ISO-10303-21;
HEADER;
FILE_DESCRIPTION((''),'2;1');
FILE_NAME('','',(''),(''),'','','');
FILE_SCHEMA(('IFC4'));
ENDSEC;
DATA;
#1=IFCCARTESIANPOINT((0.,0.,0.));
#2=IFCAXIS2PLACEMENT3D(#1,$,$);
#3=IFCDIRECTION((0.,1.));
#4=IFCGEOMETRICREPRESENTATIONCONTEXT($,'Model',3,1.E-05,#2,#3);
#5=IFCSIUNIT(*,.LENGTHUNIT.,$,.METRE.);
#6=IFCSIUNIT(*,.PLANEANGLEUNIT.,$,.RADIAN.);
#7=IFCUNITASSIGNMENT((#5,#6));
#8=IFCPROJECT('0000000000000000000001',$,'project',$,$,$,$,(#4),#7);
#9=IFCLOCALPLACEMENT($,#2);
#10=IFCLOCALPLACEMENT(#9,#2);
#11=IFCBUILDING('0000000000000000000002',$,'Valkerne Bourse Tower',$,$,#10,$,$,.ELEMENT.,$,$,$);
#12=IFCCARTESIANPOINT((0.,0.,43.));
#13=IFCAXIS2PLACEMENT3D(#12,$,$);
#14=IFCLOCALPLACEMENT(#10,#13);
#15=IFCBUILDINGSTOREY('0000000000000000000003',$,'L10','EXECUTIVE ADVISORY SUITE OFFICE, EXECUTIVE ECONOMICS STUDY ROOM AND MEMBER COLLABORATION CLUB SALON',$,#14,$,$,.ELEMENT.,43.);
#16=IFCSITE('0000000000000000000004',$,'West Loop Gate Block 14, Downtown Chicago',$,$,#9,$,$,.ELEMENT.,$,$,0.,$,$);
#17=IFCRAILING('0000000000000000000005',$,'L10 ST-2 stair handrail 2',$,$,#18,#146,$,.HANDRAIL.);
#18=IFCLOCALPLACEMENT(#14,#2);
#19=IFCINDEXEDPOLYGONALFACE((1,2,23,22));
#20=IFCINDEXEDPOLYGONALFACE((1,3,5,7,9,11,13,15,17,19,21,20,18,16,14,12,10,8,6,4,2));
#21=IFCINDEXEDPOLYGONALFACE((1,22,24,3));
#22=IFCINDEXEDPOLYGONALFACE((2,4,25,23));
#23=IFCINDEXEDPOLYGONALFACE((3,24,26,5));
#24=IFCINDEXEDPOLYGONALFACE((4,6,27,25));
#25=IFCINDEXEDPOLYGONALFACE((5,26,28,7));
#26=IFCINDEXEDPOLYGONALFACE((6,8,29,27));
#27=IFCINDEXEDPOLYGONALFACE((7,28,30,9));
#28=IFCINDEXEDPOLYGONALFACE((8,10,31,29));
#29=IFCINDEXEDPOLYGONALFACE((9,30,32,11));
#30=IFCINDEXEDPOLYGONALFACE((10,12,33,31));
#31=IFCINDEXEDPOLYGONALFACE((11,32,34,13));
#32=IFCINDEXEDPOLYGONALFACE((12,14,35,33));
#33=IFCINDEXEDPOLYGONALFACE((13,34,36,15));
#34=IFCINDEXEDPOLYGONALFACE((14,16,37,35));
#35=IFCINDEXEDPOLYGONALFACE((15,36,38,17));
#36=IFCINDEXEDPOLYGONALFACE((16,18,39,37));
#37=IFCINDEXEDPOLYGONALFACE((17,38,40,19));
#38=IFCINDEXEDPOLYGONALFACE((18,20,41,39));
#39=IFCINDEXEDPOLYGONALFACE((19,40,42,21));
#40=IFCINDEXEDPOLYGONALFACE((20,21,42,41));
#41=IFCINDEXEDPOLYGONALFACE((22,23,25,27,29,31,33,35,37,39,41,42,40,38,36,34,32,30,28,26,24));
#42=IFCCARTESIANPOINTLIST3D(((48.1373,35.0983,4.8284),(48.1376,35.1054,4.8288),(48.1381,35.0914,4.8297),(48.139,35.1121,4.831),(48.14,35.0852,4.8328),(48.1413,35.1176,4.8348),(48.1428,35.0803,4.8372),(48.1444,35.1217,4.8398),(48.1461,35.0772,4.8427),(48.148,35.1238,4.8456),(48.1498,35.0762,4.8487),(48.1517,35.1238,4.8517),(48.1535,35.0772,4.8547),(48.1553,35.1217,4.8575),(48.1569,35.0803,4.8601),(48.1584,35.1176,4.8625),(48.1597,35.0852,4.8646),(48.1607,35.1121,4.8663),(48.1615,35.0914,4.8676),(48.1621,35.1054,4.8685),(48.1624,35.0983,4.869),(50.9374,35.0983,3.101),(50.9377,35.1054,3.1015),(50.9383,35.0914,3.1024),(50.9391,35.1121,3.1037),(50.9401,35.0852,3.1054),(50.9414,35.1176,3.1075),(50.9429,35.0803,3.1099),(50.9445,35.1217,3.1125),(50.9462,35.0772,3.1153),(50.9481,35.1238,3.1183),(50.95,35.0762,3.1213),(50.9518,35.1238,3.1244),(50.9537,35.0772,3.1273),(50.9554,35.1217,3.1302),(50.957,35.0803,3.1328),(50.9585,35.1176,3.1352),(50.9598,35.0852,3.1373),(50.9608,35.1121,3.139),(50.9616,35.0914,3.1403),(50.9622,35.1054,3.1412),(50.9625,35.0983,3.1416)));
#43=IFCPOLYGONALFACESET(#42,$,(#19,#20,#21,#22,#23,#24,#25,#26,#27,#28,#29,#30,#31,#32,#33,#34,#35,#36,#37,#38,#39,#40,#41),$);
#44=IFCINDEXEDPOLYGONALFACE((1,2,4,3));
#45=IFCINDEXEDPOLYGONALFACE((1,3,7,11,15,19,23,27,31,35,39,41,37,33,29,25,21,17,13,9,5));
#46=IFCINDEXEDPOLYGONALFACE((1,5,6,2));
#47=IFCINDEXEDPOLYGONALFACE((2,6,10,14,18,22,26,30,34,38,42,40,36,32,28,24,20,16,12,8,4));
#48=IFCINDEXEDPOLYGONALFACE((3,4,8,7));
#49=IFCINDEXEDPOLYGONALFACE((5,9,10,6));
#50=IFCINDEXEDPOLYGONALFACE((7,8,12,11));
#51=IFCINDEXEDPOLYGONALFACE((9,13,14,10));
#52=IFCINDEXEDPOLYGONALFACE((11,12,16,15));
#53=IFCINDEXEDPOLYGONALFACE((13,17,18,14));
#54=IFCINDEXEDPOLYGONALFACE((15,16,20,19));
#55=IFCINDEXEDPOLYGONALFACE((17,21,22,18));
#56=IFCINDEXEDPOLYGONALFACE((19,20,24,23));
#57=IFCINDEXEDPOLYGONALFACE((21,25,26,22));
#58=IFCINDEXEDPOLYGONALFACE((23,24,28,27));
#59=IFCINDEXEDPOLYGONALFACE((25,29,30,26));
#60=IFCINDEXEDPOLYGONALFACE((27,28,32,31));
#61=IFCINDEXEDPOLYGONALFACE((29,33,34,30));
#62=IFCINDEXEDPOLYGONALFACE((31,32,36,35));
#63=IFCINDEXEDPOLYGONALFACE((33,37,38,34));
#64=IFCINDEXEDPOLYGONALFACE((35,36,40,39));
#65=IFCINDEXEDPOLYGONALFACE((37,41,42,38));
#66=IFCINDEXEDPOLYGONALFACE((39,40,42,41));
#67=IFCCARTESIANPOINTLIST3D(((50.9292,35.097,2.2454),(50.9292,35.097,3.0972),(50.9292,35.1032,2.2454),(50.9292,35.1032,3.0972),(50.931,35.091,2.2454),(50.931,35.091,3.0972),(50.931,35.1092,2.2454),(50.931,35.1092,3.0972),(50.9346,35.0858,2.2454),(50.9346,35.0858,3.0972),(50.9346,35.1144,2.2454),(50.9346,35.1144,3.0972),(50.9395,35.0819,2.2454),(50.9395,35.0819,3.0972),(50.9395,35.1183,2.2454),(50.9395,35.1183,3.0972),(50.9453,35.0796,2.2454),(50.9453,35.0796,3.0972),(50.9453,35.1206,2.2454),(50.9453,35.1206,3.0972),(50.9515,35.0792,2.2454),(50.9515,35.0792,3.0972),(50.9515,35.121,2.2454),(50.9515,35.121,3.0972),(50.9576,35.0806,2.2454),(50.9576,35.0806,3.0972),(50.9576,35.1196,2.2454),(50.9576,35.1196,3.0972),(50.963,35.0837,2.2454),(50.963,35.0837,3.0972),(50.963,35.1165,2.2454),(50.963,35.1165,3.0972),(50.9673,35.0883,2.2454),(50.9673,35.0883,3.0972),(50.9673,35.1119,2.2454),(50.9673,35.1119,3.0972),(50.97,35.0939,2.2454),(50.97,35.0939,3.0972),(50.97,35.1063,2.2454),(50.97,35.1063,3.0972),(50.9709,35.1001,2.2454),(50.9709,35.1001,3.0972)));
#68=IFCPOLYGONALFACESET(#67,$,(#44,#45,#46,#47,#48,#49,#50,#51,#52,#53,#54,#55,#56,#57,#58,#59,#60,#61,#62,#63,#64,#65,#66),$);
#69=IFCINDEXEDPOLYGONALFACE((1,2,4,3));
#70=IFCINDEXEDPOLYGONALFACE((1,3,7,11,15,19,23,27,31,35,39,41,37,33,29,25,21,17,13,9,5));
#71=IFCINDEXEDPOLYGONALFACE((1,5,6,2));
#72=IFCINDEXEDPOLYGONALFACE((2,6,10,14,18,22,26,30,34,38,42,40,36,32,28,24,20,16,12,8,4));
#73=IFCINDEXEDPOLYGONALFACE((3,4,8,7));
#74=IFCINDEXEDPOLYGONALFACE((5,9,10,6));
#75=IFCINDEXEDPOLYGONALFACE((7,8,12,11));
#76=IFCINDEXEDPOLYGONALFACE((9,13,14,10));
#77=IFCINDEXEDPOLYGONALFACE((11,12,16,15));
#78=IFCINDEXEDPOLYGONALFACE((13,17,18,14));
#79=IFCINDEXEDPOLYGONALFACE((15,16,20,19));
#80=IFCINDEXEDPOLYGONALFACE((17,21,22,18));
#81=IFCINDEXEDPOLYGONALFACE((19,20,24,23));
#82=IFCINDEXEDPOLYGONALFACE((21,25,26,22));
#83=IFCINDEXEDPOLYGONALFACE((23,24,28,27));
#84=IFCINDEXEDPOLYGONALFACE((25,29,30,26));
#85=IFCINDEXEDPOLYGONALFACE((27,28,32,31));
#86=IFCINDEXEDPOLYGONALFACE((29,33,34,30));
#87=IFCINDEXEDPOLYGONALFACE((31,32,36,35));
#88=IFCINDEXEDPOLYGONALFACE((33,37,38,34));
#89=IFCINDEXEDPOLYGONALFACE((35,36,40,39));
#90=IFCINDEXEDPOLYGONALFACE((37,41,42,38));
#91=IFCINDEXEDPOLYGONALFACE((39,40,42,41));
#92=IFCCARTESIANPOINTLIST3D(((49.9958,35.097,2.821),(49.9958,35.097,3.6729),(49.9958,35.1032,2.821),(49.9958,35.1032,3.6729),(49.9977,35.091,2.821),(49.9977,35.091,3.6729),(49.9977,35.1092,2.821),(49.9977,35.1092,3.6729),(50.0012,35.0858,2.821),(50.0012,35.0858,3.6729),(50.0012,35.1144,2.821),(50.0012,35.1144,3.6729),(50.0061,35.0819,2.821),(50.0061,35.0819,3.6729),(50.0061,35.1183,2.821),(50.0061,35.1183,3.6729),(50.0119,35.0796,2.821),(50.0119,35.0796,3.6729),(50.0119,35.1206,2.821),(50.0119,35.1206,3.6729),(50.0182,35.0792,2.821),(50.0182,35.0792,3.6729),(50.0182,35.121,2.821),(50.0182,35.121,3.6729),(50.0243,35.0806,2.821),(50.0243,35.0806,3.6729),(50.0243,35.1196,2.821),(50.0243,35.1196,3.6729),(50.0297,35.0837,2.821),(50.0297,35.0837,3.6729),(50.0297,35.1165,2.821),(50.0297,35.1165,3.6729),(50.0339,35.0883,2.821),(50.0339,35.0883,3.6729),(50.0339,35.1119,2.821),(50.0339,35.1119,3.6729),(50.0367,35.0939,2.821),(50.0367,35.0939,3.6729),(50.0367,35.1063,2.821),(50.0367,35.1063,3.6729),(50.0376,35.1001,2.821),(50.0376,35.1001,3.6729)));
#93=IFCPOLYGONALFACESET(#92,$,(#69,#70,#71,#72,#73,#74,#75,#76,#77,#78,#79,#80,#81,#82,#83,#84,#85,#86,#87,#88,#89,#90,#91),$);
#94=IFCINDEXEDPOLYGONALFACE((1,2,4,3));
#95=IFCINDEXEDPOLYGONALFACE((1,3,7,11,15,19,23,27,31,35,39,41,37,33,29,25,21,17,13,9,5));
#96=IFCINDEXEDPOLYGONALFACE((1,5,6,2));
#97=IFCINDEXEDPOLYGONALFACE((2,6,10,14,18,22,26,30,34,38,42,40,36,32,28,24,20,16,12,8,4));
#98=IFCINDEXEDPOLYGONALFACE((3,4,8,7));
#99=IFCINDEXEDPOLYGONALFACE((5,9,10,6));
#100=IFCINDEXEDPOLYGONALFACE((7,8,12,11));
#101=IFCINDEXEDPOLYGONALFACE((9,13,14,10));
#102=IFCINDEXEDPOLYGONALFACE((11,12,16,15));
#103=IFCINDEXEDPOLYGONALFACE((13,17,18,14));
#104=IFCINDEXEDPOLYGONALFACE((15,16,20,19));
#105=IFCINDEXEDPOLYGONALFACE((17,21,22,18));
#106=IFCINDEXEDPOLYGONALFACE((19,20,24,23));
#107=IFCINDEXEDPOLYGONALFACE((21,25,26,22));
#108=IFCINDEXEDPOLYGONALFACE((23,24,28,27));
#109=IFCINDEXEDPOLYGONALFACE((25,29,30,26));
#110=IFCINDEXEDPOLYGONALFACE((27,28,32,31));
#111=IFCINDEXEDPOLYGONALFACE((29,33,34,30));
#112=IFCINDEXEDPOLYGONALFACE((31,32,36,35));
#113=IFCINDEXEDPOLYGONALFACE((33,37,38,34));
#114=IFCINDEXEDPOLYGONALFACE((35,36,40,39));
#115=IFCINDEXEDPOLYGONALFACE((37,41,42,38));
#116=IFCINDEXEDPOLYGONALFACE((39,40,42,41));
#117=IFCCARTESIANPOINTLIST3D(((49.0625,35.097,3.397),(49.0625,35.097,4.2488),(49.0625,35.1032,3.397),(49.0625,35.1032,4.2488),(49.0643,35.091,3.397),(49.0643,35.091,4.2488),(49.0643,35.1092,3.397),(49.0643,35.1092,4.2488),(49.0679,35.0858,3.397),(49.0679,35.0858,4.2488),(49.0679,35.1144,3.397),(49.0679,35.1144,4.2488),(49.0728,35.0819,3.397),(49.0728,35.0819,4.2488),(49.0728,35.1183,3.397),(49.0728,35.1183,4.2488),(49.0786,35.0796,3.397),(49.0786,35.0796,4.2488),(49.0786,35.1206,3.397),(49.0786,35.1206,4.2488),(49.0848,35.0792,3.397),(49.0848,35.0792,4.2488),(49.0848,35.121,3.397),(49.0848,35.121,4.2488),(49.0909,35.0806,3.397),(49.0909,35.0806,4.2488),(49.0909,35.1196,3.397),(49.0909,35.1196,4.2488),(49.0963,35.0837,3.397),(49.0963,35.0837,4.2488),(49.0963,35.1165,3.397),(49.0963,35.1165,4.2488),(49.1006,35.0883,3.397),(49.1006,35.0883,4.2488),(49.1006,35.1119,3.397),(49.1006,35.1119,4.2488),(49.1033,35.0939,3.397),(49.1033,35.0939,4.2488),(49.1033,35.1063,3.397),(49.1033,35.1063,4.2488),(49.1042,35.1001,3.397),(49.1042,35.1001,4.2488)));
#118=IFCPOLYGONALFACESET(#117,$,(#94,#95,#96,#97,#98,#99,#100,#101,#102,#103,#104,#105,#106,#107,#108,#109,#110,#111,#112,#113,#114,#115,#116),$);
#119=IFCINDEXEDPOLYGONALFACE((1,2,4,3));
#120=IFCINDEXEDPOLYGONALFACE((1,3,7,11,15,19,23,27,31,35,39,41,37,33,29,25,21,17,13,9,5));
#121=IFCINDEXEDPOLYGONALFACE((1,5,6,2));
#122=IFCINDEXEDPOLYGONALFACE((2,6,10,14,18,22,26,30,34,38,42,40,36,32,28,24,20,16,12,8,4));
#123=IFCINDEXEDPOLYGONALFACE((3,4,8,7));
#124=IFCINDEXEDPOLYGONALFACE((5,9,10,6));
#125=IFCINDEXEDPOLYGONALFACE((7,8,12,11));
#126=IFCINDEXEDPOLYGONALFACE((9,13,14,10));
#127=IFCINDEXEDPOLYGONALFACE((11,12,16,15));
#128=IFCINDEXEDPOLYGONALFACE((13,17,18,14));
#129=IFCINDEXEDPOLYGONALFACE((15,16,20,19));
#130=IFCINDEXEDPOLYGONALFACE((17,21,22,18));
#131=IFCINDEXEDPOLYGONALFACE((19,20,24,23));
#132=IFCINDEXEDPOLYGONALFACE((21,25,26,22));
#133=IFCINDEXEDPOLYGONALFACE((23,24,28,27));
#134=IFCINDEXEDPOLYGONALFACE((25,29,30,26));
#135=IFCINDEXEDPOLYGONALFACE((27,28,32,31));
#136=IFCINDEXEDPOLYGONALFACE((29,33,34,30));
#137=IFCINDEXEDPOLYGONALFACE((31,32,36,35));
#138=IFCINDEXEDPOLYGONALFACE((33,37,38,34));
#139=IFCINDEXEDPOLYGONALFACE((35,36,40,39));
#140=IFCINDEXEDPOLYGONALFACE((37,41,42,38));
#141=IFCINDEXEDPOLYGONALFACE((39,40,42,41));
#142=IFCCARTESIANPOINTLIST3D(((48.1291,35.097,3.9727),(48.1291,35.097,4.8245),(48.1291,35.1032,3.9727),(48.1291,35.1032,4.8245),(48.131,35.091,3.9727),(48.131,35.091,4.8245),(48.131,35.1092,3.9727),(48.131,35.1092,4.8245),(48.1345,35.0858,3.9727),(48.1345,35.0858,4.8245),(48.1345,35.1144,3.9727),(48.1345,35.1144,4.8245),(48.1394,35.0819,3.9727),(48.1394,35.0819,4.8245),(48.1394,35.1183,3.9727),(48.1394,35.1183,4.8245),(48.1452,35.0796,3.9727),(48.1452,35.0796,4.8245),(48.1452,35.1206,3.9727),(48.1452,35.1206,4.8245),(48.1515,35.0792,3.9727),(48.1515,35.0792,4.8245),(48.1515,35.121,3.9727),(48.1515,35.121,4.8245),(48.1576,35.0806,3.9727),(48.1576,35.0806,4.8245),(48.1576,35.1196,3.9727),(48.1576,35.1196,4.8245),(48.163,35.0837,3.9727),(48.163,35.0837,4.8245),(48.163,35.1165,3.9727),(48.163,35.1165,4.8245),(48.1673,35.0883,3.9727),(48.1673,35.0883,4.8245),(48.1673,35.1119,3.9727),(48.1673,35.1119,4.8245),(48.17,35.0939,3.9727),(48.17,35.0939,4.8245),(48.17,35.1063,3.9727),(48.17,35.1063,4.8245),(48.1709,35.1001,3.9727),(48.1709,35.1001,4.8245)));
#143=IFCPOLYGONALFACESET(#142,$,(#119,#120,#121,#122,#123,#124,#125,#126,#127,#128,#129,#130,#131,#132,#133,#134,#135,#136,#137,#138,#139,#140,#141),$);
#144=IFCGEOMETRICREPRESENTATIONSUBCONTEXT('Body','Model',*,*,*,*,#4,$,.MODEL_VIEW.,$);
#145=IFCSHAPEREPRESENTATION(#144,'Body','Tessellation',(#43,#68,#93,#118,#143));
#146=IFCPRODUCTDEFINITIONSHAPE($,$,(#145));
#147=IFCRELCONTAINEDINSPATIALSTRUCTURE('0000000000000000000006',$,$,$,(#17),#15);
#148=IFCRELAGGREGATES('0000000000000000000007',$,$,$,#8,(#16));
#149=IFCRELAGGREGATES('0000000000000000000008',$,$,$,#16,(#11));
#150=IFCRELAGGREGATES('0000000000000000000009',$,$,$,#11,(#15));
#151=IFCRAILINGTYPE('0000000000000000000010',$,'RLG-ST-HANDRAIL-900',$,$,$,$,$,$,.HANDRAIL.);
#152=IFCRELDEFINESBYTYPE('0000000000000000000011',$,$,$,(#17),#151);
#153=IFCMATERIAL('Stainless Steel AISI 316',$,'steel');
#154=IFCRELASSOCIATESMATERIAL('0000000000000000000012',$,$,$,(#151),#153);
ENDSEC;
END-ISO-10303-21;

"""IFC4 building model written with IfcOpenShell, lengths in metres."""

from ifc_helpers import new_model, si_unit, direction, frame, origin, origin_2d, place, context, subcontext, project, spatial, circle, extrude, material, type_object, element, save


model = new_model("IFC4")

# Units and contexts
model_context = context("Model", 3, precision=1e-05, world=origin(), true_north=direction((0.0, 1.0)))
body_context = subcontext(model_context, "Body", "Model", "MODEL_VIEW")
ifc_project = project(units=[si_unit("LENGTHUNIT", "METRE"), si_unit("PLANEANGLEUNIT", "RADIAN")], contexts=[model_context])

# Site, building, storey
site_placement = place(None, origin())
site = spatial("IfcSite", under=ifc_project, at=site_placement, Name="West Loop Gate Block 14, Downtown Chicago", CompositionType="ELEMENT", RefElevation=0.0)
building_placement = place(site_placement, origin())
building = spatial("IfcBuilding", under=site, at=building_placement, Name="Valkerne Bourse Tower", CompositionType="ELEMENT")
storey_placement = place(building_placement, frame((0.0, 0.0, 43.0)))
storey = spatial("IfcBuildingStorey", under=building, at=storey_placement, Name="L10", Description="EXECUTIVE ADVISORY SUITE OFFICE, EXECUTIVE ECONOMICS STUDY ROOM AND MEMBER COLLABORATION CLUB SALON", CompositionType="ELEMENT", Elevation=43.0)

# Shared definitions
ifc_material_1 = material(Name="Stainless Steel AISI 316", Category="steel")

# Railing
railing_type_1 = type_object("IfcRailingType", Name="RLG-ST-HANDRAIL-900", PredefinedType="HANDRAIL", material=ifc_material_1)
railing_1_placement = place(storey_placement, frame((50.95, 35.1001, 2.2454)))
element("IfcRailing", 1, at=railing_1_placement, inside=storey, type_object=railing_type_1, Name="L10 ST-2 stair handrail 2", PredefinedType="HANDRAIL", context=body_context, shape_type="SweptSolid", body=[
    extrude(circle(Radius=0.0239, at=origin_2d()), frame((0.0, 0.0, 0.876), z_axis=(-0.85109, 0.0, 0.52502), x_axis=(0.0, -1.0, 0.0)), (0.0, 0.0, 1.0), 3.29),
    extrude(circle(Radius=0.021, at=origin_2d()), origin(), (0.0, 0.0, 1.0), 0.8518),
    extrude(circle(Radius=0.021, at=origin_2d()), frame((-0.9333, 0.0, 0.5757)), (0.0, 0.0, 1.0), 0.8518),
    extrude(circle(Radius=0.021, at=origin_2d()), frame((-1.8667, 0.0, 1.1516)), (0.0, 0.0, 1.0), 0.8518),
    extrude(circle(Radius=0.021, at=origin_2d()), frame((-2.8, 0.0, 1.7273)), (0.0, 0.0, 1.0), 0.8518),
])

save(model, "model.ifc")
